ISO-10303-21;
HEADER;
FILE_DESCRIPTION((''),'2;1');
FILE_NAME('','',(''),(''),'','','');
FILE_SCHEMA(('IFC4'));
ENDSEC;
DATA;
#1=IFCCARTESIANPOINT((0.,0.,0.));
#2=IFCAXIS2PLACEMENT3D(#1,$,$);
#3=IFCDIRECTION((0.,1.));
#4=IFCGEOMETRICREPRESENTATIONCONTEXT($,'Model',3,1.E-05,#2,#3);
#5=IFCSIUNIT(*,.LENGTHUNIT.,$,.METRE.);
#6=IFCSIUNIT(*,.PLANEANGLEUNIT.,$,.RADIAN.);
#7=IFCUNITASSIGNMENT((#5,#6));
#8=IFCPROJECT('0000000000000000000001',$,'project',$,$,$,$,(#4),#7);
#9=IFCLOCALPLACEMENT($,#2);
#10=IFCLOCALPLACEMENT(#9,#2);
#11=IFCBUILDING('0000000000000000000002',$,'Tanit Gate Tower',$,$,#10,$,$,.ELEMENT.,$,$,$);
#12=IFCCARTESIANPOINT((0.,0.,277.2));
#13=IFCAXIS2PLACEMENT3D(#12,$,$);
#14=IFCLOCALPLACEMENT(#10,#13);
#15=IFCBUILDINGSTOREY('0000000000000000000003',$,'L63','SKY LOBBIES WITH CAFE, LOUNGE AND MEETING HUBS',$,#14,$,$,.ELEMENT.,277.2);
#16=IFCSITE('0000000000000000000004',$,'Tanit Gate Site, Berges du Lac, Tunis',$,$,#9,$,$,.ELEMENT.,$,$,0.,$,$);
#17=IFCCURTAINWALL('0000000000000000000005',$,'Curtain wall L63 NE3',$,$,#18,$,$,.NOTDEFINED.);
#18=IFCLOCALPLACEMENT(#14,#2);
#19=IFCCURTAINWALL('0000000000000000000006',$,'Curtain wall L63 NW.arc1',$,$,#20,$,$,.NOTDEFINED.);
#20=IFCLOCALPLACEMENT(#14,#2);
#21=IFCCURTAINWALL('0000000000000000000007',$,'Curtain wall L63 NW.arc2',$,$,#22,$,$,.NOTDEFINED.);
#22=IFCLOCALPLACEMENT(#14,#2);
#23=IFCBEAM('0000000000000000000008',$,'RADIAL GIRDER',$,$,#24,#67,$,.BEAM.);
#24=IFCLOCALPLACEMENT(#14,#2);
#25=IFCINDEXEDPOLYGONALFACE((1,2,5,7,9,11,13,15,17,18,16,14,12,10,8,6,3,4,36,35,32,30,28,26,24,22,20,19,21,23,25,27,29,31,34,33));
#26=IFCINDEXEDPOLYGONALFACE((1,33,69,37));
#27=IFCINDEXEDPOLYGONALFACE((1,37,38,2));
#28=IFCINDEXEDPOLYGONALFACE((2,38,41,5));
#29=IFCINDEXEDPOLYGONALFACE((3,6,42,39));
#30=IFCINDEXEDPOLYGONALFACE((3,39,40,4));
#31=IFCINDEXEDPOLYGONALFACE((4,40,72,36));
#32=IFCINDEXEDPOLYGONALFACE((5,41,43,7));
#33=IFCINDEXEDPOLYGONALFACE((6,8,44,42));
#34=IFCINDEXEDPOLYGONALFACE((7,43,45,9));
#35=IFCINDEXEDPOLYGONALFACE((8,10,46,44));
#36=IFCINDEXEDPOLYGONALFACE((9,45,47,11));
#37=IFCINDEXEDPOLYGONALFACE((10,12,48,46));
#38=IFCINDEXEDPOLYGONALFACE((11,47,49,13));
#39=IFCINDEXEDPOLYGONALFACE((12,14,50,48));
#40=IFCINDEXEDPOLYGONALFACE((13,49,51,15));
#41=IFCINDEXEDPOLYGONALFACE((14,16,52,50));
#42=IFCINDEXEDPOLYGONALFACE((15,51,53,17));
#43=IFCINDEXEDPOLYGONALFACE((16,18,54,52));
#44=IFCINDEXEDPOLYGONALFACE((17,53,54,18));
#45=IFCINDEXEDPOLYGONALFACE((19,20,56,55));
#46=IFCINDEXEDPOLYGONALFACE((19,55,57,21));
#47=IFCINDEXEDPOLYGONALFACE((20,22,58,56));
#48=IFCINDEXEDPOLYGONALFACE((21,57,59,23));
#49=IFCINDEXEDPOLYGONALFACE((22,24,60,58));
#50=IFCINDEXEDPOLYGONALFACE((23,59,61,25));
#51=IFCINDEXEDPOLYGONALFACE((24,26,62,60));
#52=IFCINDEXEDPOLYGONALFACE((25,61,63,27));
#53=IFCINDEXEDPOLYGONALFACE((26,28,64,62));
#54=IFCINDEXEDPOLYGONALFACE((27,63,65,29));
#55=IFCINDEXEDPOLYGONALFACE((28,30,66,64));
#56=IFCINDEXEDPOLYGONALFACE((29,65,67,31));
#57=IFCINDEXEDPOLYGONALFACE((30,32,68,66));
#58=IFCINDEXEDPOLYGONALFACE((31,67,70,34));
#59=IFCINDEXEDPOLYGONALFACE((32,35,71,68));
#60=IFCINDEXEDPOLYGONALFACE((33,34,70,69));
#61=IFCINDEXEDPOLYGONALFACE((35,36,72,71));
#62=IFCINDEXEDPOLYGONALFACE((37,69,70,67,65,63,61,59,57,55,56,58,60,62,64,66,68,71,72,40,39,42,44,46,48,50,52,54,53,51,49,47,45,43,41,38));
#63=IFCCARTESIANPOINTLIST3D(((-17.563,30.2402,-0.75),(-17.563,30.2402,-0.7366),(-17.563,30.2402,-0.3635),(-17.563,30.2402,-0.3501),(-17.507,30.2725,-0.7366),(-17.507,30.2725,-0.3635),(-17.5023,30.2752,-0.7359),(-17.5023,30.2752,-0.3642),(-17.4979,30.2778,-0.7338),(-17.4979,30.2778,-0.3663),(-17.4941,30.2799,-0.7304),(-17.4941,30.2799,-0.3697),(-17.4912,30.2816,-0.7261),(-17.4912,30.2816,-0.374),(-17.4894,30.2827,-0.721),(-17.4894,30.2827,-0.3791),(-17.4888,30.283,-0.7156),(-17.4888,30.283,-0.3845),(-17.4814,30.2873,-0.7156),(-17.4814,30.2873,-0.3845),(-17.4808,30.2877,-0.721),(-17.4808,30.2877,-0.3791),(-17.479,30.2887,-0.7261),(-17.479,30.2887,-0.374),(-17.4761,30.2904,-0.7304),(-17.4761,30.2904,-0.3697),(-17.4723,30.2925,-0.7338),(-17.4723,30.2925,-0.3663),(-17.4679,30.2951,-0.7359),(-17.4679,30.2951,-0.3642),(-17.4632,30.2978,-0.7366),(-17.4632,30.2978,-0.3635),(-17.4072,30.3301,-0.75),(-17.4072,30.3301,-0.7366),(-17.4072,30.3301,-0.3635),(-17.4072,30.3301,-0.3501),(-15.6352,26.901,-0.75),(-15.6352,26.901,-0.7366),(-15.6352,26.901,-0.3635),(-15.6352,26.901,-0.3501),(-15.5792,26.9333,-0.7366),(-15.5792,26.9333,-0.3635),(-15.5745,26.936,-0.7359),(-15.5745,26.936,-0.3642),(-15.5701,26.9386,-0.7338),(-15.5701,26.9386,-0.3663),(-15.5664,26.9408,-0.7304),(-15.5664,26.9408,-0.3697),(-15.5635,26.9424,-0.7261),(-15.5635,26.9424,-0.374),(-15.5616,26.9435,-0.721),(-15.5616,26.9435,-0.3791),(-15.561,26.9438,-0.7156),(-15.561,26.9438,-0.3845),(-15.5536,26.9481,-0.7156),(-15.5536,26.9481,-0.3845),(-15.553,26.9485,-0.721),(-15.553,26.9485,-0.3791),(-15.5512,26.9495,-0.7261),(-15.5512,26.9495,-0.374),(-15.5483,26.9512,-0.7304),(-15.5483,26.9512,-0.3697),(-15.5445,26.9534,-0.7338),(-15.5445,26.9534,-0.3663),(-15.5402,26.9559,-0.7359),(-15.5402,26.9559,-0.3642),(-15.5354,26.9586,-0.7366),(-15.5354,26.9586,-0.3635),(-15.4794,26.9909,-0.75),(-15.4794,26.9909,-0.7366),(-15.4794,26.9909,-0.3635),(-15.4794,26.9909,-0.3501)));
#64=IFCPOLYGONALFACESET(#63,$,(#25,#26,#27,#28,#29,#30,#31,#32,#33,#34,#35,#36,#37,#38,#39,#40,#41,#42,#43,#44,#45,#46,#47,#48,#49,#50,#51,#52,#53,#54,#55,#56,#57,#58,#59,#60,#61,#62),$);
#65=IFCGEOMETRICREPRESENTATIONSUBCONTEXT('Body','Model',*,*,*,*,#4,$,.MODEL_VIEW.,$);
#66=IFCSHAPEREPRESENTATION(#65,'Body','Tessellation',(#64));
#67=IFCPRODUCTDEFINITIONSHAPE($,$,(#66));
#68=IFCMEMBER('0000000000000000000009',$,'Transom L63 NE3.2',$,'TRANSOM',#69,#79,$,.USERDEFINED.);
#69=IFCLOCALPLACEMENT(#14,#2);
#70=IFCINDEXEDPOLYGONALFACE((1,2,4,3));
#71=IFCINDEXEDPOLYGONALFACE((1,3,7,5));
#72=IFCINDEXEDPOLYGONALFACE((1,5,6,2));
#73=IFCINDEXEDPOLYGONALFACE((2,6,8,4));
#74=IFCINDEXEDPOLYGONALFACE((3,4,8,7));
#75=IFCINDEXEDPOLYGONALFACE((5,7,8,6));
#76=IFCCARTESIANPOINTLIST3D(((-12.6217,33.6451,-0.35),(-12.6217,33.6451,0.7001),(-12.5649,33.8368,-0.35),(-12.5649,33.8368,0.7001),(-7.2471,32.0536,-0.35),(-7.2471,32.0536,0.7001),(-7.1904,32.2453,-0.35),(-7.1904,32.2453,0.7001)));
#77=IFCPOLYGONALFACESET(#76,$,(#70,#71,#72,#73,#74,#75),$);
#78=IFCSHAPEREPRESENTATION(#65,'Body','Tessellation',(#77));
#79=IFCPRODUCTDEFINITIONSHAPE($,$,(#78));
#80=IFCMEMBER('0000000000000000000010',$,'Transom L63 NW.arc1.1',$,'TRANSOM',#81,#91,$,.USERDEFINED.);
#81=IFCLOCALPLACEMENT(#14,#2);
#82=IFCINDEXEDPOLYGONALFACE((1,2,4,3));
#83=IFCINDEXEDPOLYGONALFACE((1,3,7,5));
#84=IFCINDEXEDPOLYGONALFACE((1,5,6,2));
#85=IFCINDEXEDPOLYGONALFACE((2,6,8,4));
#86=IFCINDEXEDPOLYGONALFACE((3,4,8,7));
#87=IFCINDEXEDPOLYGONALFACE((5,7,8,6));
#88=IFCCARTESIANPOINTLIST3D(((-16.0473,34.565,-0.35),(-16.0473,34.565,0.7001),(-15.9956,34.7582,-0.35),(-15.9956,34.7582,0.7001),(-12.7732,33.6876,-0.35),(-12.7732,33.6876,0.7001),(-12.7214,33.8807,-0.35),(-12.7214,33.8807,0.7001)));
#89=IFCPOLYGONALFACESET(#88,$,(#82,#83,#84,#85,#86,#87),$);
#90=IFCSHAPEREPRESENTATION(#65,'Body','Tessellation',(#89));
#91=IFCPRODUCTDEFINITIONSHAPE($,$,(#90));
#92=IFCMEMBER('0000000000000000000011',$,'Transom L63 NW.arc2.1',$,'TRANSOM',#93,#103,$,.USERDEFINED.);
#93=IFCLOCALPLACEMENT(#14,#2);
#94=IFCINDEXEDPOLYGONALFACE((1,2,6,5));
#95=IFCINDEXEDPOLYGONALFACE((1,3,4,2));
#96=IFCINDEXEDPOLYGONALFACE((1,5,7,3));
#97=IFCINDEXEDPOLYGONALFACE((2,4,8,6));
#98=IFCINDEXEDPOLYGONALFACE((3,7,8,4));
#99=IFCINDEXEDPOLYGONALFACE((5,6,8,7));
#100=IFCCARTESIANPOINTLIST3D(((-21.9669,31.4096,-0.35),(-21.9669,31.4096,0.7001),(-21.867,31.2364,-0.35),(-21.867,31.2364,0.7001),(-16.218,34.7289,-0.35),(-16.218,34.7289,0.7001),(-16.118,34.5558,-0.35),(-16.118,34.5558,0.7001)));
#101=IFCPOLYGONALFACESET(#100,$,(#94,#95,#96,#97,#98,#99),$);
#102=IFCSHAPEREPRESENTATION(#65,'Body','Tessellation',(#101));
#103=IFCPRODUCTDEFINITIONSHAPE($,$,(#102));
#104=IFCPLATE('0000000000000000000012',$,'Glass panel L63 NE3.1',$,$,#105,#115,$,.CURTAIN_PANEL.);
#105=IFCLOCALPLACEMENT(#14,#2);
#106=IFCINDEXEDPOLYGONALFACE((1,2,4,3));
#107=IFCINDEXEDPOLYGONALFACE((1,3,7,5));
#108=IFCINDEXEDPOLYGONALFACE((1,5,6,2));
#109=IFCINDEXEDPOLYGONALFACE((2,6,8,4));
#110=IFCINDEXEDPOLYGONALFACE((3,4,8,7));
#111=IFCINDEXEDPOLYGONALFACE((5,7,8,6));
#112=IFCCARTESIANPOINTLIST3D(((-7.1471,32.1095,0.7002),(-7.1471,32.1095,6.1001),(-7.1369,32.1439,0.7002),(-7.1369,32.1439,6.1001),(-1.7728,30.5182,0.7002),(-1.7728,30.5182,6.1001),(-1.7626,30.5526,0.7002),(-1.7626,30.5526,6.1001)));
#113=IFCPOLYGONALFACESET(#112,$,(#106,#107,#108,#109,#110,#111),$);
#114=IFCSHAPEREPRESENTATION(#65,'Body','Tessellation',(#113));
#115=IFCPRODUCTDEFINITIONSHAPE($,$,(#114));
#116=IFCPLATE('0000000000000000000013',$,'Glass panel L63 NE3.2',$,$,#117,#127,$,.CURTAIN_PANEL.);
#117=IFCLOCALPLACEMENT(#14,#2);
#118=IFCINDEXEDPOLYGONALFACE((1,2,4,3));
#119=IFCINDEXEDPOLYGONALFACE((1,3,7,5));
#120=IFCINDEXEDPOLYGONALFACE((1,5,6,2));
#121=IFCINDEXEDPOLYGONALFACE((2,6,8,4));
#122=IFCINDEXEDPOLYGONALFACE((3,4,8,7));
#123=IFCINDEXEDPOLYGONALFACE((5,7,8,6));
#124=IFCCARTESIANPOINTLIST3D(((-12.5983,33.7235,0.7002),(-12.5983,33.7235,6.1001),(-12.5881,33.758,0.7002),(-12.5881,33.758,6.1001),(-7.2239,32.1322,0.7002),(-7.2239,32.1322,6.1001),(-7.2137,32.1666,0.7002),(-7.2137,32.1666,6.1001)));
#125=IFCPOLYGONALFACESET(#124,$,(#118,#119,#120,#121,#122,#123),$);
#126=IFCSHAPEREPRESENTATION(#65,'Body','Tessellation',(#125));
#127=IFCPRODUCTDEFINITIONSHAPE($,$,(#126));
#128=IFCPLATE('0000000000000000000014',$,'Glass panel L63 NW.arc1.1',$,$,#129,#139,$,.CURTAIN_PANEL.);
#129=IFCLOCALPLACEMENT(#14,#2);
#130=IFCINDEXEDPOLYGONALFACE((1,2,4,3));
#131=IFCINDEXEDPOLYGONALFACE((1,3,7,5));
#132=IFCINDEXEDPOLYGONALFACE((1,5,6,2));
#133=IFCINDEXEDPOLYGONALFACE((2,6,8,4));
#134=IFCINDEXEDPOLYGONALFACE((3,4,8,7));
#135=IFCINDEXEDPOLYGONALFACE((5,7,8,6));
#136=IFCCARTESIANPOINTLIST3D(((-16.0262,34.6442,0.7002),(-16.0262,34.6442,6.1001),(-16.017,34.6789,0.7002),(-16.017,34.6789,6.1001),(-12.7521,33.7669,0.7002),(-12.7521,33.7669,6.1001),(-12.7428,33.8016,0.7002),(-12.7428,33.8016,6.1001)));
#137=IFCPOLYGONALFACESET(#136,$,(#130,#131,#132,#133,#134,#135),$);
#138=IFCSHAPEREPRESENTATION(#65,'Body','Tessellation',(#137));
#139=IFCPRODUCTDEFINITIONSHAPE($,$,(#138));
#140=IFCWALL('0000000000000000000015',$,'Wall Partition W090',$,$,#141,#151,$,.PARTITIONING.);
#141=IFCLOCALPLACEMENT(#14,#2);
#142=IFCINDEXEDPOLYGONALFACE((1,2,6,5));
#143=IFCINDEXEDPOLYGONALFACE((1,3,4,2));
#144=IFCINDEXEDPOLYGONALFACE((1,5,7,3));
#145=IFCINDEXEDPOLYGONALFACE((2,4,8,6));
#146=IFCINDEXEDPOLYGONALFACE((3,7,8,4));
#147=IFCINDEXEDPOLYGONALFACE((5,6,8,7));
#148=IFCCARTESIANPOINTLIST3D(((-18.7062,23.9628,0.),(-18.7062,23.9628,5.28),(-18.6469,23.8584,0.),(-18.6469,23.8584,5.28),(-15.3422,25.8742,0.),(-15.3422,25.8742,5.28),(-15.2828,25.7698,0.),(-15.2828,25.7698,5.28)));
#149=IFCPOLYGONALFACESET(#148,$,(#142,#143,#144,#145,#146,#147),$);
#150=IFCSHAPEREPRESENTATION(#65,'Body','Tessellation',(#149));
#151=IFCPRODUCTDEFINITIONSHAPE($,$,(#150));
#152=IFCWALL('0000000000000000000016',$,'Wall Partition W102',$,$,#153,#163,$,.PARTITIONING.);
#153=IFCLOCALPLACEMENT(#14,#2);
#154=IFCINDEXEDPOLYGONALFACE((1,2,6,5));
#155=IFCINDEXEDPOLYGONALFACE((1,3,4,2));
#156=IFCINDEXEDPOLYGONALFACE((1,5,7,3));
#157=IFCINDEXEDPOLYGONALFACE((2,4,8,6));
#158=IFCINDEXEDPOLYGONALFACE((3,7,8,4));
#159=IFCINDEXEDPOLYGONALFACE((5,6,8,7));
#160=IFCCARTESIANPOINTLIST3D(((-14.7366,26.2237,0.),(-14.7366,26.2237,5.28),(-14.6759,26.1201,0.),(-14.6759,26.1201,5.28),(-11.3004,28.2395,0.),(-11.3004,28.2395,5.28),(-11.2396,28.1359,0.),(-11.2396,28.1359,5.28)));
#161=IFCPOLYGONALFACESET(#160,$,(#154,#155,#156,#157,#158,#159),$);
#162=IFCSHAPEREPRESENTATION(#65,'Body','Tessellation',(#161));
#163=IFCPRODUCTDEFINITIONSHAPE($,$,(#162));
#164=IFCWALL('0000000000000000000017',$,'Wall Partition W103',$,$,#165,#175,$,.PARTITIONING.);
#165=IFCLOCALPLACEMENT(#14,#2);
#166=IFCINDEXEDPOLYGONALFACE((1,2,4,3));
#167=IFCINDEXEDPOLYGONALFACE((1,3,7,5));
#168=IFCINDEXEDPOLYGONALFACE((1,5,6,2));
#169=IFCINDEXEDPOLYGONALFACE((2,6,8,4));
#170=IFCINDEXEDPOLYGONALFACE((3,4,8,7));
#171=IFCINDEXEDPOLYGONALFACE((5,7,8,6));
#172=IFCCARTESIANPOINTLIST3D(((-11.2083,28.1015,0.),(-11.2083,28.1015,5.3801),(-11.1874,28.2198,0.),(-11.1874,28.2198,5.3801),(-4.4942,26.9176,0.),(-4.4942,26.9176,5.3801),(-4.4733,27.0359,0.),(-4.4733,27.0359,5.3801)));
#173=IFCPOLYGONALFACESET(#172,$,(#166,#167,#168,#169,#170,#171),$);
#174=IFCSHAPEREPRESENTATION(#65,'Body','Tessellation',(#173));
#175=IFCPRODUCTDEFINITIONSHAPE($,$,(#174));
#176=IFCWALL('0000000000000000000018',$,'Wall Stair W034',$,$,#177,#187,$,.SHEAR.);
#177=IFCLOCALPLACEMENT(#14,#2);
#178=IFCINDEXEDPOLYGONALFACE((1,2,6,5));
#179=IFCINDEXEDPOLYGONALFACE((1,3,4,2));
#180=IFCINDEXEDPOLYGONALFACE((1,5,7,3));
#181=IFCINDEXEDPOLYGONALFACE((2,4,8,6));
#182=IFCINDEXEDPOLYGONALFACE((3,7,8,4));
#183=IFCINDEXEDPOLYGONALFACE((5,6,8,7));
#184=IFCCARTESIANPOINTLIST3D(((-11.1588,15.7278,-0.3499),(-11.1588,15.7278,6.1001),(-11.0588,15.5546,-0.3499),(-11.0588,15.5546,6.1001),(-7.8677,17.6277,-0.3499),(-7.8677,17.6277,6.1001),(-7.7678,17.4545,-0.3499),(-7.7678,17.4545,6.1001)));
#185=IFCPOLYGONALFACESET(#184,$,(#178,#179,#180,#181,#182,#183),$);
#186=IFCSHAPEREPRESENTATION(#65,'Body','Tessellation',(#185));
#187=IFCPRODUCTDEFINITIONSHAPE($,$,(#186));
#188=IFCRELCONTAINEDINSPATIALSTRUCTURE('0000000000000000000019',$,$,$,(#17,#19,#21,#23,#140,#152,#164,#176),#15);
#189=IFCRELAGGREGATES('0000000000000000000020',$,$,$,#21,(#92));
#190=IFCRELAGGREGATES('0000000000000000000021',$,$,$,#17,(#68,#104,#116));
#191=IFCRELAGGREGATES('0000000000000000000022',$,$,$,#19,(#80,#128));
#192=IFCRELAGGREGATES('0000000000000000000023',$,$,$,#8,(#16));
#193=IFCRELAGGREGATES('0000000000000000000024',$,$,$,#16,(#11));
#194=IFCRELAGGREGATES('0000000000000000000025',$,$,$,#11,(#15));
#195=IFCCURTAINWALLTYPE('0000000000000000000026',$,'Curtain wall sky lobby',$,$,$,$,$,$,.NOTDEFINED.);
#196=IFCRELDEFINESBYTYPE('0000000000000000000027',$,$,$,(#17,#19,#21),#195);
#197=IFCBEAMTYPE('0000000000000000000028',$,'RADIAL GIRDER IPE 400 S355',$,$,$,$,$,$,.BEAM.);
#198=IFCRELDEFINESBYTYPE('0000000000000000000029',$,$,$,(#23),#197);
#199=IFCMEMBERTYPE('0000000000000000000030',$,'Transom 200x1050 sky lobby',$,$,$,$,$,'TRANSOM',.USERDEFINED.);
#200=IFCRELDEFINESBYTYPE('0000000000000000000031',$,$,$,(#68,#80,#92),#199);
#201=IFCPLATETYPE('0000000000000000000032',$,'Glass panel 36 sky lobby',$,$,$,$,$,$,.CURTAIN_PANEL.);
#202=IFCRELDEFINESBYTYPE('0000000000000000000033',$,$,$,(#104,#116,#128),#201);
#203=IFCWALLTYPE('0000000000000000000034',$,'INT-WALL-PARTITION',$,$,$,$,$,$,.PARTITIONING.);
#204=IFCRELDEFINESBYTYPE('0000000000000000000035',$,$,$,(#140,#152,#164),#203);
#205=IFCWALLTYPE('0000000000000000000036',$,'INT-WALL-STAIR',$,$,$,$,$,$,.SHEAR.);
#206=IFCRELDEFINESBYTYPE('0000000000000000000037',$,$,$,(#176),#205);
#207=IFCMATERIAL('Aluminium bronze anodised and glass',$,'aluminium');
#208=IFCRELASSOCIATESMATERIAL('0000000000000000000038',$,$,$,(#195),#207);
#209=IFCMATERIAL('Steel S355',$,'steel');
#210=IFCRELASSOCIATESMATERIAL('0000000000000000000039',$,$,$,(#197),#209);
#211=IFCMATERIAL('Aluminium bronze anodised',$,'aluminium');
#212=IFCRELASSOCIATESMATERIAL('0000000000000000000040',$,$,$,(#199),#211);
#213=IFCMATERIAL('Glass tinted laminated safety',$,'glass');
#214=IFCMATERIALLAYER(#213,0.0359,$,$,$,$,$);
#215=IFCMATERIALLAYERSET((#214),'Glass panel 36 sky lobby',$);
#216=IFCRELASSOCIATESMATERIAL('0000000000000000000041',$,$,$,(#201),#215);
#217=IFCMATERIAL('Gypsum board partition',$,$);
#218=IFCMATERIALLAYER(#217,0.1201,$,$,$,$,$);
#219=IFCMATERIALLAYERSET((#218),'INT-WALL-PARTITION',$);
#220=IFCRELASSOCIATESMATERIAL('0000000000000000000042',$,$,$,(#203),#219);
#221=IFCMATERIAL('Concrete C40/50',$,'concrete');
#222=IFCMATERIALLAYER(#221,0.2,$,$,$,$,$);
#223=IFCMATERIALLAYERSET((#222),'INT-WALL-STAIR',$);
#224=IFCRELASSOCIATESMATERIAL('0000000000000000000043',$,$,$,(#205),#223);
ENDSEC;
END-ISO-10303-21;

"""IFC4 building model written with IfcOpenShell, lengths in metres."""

from ifc_helpers import new_model, si_unit, direction, frame, frame_2d, origin, origin_2d, place, context, subcontext, project, spatial, rectangle, i_section, extrude, material, layer, layer_set, material_profile, profile_set, type_object, element, aggregate, save


model = new_model("IFC4")

# Units and contexts
model_context = context("Model", 3, precision=1e-05, world=origin(), true_north=direction((0.0, 1.0)))
body_context = subcontext(model_context, "Body", "Model", "MODEL_VIEW")
ifc_project = project(units=[si_unit("LENGTHUNIT", "METRE"), si_unit("PLANEANGLEUNIT", "RADIAN")], contexts=[model_context])

# Site, building, storey
site_placement = place(None, origin())
site = spatial("IfcSite", under=ifc_project, at=site_placement, Name="Tanit Gate Site, Berges du Lac, Tunis", CompositionType="ELEMENT", RefElevation=0.0)
building_placement = place(site_placement, origin())
building = spatial("IfcBuilding", under=site, at=building_placement, Name="Tanit Gate Tower", CompositionType="ELEMENT")
storey_placement = place(building_placement, frame((0.0, 0.0, 277.2)))
storey = spatial("IfcBuildingStorey", under=building, at=storey_placement, Name="L63", Description="SKY LOBBIES WITH CAFE, LOUNGE AND MEETING HUBS", CompositionType="ELEMENT", Elevation=277.2)

# Curtain walls
ifc_material_1 = material(Name="Aluminium bronze anodised and glass", Category="aluminium")
curtain_wall_type = type_object("IfcCurtainWallType", Name="Curtain wall sky lobby", PredefinedType="NOTDEFINED", material=ifc_material_1)
curtain_wall_1_placement = place(storey_placement, origin())
curtain_wall_1 = element("IfcCurtainWall", 1, at=curtain_wall_1_placement, inside=storey, type_object=curtain_wall_type, Name="Curtain wall L63 NE3", PredefinedType="NOTDEFINED")
curtain_wall_2_placement = place(storey_placement, origin())
curtain_wall_2 = element("IfcCurtainWall", 2, at=curtain_wall_2_placement, inside=storey, type_object=curtain_wall_type, Name="Curtain wall L63 NW.arc1", PredefinedType="NOTDEFINED")

# Curtain wall
curtain_wall_3_placement = place(storey_placement, origin())
curtain_wall_3 = element("IfcCurtainWall", 3, at=curtain_wall_3_placement, inside=storey, type_object=curtain_wall_type, Name="Curtain wall L63 NW.arc2", PredefinedType="NOTDEFINED")

# Beam
ifc_material_2 = material(Name="Steel S355", Category="steel")
ifc_material_profile_1 = material_profile(ifc_material_2, i_section(OverallWidth=0.1799, OverallDepth=0.3999, WebThickness=0.0085, FlangeThickness=0.0134, FilletRadius=0.021, at=origin_2d()), Name="IPE 400")
ifc_profile_set_1 = profile_set([ifc_material_profile_1], Name="Steel S355")
beam_type_1 = type_object("IfcBeamType", Name="RADIAL GIRDER IPE 400 S355", PredefinedType="BEAM", material=ifc_profile_set_1)
beam_1_placement = place(storey_placement, frame((-17.4851, 30.2852, -0.55), z_axis=(0.49998, -0.866037, 0.0), x_axis=(0.866037, 0.49998, 0.0)))
element("IfcBeam", 4, at=beam_1_placement, inside=storey, type_object=beam_type_1, Name="RADIAL GIRDER", PredefinedType="BEAM", context=body_context, shape_type="SweptSolid", body=[
    extrude(i_section(OverallWidth=0.1799, OverallDepth=0.3999, WebThickness=0.0085, FlangeThickness=0.0134, FilletRadius=0.021, at=origin_2d()), origin(), (0.0, 0.0, 1.0), 3.8557),
])

# Members
ifc_material_3 = material(Name="Aluminium bronze anodised", Category="aluminium")
ifc_material_profile_2 = material_profile(ifc_material_3, rectangle(XDim=0.2, YDim=1.05, at=origin_2d()), Name="200x1050 bronze transom")
ifc_profile_set_2 = profile_set([ifc_material_profile_2], Name="Aluminium bronze anodised")
member_type_1 = type_object("IfcMemberType", Name="Transom 200x1050 sky lobby", ElementType="TRANSOM", PredefinedType="USERDEFINED", material=ifc_profile_set_2)
member_1_placement = place(storey_placement, frame((-7.2188, 32.1494, 0.175), z_axis=(-0.958842, 0.283942, 0.0), x_axis=(-0.283942, -0.958842, 0.0)))
member_1 = element("IfcMember", 5, at=member_1_placement, type_object=member_type_1, Name="Transom L63 NE3.2", ObjectType="TRANSOM", PredefinedType="USERDEFINED", context=body_context, shape_type="SweptSolid", body=[
    extrude(rectangle(XDim=0.2, YDim=1.05, at=origin_2d()), origin(), (0.0, 0.0, 1.0), 5.6052),
])
member_2_placement = place(storey_placement, frame((-12.7473, 33.7842, 0.175), z_axis=(-0.965916, 0.258855, 0.0), x_axis=(-0.258855, -0.965916, 0.0)))
member_2 = element("IfcMember", 6, at=member_2_placement, type_object=member_type_1, Name="Transom L63 NW.arc1.1", ObjectType="TRANSOM", PredefinedType="USERDEFINED", context=body_context, shape_type="SweptSolid", body=[
    extrude(rectangle(XDim=0.2, YDim=1.05, at=origin_2d()), origin(), (0.0, 0.0, 1.0), 3.3896),
])
member_3_placement = place(storey_placement, frame((-16.168, 34.6423, 0.175), z_axis=(-0.866017, -0.500015, 0.0), x_axis=(0.500015, -0.866017, 0.0)))
member_3 = element("IfcMember", 7, at=member_3_placement, type_object=member_type_1, Name="Transom L63 NW.arc2.1", ObjectType="TRANSOM", PredefinedType="USERDEFINED", context=body_context, shape_type="SweptSolid", body=[
    extrude(rectangle(XDim=0.2, YDim=1.05, at=origin_2d()), origin(), (0.0, 0.0, 1.0), 6.6384),
])
aggregate(curtain_wall_3, [member_3])

# Plates
ifc_material_4 = material(Name="Glass tinted laminated safety", Category="glass")
ifc_layer_1 = layer(ifc_material_4, 0.0359)
ifc_layer_set_1 = layer_set([ifc_layer_1], Name="Glass panel 36 sky lobby")
plate_type = type_object("IfcPlateType", Name="Glass panel 36 sky lobby", PredefinedType="CURTAIN_PANEL", material=ifc_layer_set_1)
plate_1_placement = place(storey_placement, frame((-4.4548, 31.3311, 0.7002), z_axis=(0.0, 0.0, 1.0), x_axis=(-0.958848, 0.28392, 0.0)))
plate_1 = element("IfcPlate", 8, at=plate_1_placement, type_object=plate_type, Name="Glass panel L63 NE3.1", PredefinedType="CURTAIN_PANEL", context=body_context, shape_type="SweptSolid", body=[
    extrude(rectangle(XDim=5.605, YDim=0.0359, at=origin_2d()), origin(), (0.0, 0.0, 1.0), 5.3999),
])
plate_2_placement = place(storey_placement, frame((-9.906, 32.9451, 0.7002), z_axis=(0.0, 0.0, 1.0), x_axis=(-0.958848, 0.28392, 0.0)))
plate_2 = element("IfcPlate", 9, at=plate_2_placement, type_object=plate_type, Name="Glass panel L63 NE3.2", PredefinedType="CURTAIN_PANEL", context=body_context, shape_type="SweptSolid", body=[
    extrude(rectangle(XDim=5.605, YDim=0.0359, at=origin_2d()), origin(), (0.0, 0.0, 1.0), 5.3999),
])
aggregate(curtain_wall_1, [member_1, plate_1, plate_2])
plate_3_placement = place(storey_placement, frame((-14.3845, 34.2229, 0.7002), z_axis=(0.0, 0.0, 1.0), x_axis=(-0.965926, 0.258819, 0.0)))
plate_3 = element("IfcPlate", 10, at=plate_3_placement, type_object=plate_type, Name="Glass panel L63 NW.arc1.1", PredefinedType="CURTAIN_PANEL", context=body_context, shape_type="SweptSolid", body=[
    extrude(rectangle(XDim=3.3896, YDim=0.0359, at=origin_2d()), origin(), (0.0, 0.0, 1.0), 5.3999),
])
aggregate(curtain_wall_2, [member_2, plate_3])

# Walls
ifc_material_5 = material(Name="Gypsum board partition")
ifc_layer_2 = layer(ifc_material_5, 0.1201)
ifc_layer_set_2 = layer_set([ifc_layer_2], Name="INT-WALL-PARTITION")
wall_type_1 = type_object("IfcWallType", Name="INT-WALL-PARTITION", PredefinedType="PARTITIONING", material=ifc_layer_set_2)
wall_1_placement = place(storey_placement, frame((-15.3125, 25.822, 0.0), z_axis=(0.0, 0.0, 1.0), x_axis=(-0.869456, -0.49401, 0.0)))
element("IfcWall", 11, at=wall_1_placement, inside=storey, type_object=wall_type_1, Name="Wall Partition W090", PredefinedType="PARTITIONING", context=body_context, shape_type="SweptSolid", body=[
    extrude(rectangle(XDim=3.8691, YDim=0.1201, at=frame_2d((1.9346, 0.0))), origin(), (0.0, 0.0, 1.0), 5.28),
])
wall_2_placement = place(storey_placement, frame((-11.27, 28.1877, 0.0), z_axis=(0.0, 0.0, 1.0), x_axis=(-0.862534, -0.505999, 0.0)))
element("IfcWall", 12, at=wall_2_placement, inside=storey, type_object=wall_type_1, Name="Wall Partition W102", PredefinedType="PARTITIONING", context=body_context, shape_type="SweptSolid", body=[
    extrude(rectangle(XDim=3.9839, YDim=0.1201, at=frame_2d((1.9919, 0.0))), origin(), (0.0, 0.0, 1.0), 5.28),
])
wall_3_placement = place(storey_placement, frame((-4.4839, 26.9768, 0.0), z_axis=(0.0, 0.0, 1.0), x_axis=(-0.984809, 0.173642, 0.0)))
element("IfcWall", 13, at=wall_3_placement, inside=storey, type_object=wall_type_1, Name="Wall Partition W103", PredefinedType="PARTITIONING", context=body_context, shape_type="SweptSolid", body=[
    extrude(rectangle(XDim=6.8176, YDim=0.1201, at=frame_2d((3.4087, 0.0))), origin(), (0.0, 0.0, 1.0), 5.3801),
])
ifc_material_6 = material(Name="Concrete C40/50", Category="concrete")
ifc_layer_3 = layer(ifc_material_6, 0.2)
ifc_layer_set_3 = layer_set([ifc_layer_3], Name="INT-WALL-STAIR")
wall_type_2 = type_object("IfcWallType", Name="INT-WALL-STAIR", PredefinedType="SHEAR", material=ifc_layer_set_3)
wall_4_placement = place(storey_placement, frame((-7.8179, 17.541, -0.3499), z_axis=(0.0, 0.0, 1.0), x_axis=(-0.866044, -0.499967, 0.0)))
element("IfcWall", 14, at=wall_4_placement, inside=storey, type_object=wall_type_2, Name="Wall Stair W034", PredefinedType="SHEAR", context=body_context, shape_type="SweptSolid", body=[
    extrude(rectangle(XDim=3.8, YDim=0.2, at=frame_2d((1.8999, 0.0))), origin(), (0.0, 0.0, 1.0), 6.45),
])

save(model, "model.ifc")
